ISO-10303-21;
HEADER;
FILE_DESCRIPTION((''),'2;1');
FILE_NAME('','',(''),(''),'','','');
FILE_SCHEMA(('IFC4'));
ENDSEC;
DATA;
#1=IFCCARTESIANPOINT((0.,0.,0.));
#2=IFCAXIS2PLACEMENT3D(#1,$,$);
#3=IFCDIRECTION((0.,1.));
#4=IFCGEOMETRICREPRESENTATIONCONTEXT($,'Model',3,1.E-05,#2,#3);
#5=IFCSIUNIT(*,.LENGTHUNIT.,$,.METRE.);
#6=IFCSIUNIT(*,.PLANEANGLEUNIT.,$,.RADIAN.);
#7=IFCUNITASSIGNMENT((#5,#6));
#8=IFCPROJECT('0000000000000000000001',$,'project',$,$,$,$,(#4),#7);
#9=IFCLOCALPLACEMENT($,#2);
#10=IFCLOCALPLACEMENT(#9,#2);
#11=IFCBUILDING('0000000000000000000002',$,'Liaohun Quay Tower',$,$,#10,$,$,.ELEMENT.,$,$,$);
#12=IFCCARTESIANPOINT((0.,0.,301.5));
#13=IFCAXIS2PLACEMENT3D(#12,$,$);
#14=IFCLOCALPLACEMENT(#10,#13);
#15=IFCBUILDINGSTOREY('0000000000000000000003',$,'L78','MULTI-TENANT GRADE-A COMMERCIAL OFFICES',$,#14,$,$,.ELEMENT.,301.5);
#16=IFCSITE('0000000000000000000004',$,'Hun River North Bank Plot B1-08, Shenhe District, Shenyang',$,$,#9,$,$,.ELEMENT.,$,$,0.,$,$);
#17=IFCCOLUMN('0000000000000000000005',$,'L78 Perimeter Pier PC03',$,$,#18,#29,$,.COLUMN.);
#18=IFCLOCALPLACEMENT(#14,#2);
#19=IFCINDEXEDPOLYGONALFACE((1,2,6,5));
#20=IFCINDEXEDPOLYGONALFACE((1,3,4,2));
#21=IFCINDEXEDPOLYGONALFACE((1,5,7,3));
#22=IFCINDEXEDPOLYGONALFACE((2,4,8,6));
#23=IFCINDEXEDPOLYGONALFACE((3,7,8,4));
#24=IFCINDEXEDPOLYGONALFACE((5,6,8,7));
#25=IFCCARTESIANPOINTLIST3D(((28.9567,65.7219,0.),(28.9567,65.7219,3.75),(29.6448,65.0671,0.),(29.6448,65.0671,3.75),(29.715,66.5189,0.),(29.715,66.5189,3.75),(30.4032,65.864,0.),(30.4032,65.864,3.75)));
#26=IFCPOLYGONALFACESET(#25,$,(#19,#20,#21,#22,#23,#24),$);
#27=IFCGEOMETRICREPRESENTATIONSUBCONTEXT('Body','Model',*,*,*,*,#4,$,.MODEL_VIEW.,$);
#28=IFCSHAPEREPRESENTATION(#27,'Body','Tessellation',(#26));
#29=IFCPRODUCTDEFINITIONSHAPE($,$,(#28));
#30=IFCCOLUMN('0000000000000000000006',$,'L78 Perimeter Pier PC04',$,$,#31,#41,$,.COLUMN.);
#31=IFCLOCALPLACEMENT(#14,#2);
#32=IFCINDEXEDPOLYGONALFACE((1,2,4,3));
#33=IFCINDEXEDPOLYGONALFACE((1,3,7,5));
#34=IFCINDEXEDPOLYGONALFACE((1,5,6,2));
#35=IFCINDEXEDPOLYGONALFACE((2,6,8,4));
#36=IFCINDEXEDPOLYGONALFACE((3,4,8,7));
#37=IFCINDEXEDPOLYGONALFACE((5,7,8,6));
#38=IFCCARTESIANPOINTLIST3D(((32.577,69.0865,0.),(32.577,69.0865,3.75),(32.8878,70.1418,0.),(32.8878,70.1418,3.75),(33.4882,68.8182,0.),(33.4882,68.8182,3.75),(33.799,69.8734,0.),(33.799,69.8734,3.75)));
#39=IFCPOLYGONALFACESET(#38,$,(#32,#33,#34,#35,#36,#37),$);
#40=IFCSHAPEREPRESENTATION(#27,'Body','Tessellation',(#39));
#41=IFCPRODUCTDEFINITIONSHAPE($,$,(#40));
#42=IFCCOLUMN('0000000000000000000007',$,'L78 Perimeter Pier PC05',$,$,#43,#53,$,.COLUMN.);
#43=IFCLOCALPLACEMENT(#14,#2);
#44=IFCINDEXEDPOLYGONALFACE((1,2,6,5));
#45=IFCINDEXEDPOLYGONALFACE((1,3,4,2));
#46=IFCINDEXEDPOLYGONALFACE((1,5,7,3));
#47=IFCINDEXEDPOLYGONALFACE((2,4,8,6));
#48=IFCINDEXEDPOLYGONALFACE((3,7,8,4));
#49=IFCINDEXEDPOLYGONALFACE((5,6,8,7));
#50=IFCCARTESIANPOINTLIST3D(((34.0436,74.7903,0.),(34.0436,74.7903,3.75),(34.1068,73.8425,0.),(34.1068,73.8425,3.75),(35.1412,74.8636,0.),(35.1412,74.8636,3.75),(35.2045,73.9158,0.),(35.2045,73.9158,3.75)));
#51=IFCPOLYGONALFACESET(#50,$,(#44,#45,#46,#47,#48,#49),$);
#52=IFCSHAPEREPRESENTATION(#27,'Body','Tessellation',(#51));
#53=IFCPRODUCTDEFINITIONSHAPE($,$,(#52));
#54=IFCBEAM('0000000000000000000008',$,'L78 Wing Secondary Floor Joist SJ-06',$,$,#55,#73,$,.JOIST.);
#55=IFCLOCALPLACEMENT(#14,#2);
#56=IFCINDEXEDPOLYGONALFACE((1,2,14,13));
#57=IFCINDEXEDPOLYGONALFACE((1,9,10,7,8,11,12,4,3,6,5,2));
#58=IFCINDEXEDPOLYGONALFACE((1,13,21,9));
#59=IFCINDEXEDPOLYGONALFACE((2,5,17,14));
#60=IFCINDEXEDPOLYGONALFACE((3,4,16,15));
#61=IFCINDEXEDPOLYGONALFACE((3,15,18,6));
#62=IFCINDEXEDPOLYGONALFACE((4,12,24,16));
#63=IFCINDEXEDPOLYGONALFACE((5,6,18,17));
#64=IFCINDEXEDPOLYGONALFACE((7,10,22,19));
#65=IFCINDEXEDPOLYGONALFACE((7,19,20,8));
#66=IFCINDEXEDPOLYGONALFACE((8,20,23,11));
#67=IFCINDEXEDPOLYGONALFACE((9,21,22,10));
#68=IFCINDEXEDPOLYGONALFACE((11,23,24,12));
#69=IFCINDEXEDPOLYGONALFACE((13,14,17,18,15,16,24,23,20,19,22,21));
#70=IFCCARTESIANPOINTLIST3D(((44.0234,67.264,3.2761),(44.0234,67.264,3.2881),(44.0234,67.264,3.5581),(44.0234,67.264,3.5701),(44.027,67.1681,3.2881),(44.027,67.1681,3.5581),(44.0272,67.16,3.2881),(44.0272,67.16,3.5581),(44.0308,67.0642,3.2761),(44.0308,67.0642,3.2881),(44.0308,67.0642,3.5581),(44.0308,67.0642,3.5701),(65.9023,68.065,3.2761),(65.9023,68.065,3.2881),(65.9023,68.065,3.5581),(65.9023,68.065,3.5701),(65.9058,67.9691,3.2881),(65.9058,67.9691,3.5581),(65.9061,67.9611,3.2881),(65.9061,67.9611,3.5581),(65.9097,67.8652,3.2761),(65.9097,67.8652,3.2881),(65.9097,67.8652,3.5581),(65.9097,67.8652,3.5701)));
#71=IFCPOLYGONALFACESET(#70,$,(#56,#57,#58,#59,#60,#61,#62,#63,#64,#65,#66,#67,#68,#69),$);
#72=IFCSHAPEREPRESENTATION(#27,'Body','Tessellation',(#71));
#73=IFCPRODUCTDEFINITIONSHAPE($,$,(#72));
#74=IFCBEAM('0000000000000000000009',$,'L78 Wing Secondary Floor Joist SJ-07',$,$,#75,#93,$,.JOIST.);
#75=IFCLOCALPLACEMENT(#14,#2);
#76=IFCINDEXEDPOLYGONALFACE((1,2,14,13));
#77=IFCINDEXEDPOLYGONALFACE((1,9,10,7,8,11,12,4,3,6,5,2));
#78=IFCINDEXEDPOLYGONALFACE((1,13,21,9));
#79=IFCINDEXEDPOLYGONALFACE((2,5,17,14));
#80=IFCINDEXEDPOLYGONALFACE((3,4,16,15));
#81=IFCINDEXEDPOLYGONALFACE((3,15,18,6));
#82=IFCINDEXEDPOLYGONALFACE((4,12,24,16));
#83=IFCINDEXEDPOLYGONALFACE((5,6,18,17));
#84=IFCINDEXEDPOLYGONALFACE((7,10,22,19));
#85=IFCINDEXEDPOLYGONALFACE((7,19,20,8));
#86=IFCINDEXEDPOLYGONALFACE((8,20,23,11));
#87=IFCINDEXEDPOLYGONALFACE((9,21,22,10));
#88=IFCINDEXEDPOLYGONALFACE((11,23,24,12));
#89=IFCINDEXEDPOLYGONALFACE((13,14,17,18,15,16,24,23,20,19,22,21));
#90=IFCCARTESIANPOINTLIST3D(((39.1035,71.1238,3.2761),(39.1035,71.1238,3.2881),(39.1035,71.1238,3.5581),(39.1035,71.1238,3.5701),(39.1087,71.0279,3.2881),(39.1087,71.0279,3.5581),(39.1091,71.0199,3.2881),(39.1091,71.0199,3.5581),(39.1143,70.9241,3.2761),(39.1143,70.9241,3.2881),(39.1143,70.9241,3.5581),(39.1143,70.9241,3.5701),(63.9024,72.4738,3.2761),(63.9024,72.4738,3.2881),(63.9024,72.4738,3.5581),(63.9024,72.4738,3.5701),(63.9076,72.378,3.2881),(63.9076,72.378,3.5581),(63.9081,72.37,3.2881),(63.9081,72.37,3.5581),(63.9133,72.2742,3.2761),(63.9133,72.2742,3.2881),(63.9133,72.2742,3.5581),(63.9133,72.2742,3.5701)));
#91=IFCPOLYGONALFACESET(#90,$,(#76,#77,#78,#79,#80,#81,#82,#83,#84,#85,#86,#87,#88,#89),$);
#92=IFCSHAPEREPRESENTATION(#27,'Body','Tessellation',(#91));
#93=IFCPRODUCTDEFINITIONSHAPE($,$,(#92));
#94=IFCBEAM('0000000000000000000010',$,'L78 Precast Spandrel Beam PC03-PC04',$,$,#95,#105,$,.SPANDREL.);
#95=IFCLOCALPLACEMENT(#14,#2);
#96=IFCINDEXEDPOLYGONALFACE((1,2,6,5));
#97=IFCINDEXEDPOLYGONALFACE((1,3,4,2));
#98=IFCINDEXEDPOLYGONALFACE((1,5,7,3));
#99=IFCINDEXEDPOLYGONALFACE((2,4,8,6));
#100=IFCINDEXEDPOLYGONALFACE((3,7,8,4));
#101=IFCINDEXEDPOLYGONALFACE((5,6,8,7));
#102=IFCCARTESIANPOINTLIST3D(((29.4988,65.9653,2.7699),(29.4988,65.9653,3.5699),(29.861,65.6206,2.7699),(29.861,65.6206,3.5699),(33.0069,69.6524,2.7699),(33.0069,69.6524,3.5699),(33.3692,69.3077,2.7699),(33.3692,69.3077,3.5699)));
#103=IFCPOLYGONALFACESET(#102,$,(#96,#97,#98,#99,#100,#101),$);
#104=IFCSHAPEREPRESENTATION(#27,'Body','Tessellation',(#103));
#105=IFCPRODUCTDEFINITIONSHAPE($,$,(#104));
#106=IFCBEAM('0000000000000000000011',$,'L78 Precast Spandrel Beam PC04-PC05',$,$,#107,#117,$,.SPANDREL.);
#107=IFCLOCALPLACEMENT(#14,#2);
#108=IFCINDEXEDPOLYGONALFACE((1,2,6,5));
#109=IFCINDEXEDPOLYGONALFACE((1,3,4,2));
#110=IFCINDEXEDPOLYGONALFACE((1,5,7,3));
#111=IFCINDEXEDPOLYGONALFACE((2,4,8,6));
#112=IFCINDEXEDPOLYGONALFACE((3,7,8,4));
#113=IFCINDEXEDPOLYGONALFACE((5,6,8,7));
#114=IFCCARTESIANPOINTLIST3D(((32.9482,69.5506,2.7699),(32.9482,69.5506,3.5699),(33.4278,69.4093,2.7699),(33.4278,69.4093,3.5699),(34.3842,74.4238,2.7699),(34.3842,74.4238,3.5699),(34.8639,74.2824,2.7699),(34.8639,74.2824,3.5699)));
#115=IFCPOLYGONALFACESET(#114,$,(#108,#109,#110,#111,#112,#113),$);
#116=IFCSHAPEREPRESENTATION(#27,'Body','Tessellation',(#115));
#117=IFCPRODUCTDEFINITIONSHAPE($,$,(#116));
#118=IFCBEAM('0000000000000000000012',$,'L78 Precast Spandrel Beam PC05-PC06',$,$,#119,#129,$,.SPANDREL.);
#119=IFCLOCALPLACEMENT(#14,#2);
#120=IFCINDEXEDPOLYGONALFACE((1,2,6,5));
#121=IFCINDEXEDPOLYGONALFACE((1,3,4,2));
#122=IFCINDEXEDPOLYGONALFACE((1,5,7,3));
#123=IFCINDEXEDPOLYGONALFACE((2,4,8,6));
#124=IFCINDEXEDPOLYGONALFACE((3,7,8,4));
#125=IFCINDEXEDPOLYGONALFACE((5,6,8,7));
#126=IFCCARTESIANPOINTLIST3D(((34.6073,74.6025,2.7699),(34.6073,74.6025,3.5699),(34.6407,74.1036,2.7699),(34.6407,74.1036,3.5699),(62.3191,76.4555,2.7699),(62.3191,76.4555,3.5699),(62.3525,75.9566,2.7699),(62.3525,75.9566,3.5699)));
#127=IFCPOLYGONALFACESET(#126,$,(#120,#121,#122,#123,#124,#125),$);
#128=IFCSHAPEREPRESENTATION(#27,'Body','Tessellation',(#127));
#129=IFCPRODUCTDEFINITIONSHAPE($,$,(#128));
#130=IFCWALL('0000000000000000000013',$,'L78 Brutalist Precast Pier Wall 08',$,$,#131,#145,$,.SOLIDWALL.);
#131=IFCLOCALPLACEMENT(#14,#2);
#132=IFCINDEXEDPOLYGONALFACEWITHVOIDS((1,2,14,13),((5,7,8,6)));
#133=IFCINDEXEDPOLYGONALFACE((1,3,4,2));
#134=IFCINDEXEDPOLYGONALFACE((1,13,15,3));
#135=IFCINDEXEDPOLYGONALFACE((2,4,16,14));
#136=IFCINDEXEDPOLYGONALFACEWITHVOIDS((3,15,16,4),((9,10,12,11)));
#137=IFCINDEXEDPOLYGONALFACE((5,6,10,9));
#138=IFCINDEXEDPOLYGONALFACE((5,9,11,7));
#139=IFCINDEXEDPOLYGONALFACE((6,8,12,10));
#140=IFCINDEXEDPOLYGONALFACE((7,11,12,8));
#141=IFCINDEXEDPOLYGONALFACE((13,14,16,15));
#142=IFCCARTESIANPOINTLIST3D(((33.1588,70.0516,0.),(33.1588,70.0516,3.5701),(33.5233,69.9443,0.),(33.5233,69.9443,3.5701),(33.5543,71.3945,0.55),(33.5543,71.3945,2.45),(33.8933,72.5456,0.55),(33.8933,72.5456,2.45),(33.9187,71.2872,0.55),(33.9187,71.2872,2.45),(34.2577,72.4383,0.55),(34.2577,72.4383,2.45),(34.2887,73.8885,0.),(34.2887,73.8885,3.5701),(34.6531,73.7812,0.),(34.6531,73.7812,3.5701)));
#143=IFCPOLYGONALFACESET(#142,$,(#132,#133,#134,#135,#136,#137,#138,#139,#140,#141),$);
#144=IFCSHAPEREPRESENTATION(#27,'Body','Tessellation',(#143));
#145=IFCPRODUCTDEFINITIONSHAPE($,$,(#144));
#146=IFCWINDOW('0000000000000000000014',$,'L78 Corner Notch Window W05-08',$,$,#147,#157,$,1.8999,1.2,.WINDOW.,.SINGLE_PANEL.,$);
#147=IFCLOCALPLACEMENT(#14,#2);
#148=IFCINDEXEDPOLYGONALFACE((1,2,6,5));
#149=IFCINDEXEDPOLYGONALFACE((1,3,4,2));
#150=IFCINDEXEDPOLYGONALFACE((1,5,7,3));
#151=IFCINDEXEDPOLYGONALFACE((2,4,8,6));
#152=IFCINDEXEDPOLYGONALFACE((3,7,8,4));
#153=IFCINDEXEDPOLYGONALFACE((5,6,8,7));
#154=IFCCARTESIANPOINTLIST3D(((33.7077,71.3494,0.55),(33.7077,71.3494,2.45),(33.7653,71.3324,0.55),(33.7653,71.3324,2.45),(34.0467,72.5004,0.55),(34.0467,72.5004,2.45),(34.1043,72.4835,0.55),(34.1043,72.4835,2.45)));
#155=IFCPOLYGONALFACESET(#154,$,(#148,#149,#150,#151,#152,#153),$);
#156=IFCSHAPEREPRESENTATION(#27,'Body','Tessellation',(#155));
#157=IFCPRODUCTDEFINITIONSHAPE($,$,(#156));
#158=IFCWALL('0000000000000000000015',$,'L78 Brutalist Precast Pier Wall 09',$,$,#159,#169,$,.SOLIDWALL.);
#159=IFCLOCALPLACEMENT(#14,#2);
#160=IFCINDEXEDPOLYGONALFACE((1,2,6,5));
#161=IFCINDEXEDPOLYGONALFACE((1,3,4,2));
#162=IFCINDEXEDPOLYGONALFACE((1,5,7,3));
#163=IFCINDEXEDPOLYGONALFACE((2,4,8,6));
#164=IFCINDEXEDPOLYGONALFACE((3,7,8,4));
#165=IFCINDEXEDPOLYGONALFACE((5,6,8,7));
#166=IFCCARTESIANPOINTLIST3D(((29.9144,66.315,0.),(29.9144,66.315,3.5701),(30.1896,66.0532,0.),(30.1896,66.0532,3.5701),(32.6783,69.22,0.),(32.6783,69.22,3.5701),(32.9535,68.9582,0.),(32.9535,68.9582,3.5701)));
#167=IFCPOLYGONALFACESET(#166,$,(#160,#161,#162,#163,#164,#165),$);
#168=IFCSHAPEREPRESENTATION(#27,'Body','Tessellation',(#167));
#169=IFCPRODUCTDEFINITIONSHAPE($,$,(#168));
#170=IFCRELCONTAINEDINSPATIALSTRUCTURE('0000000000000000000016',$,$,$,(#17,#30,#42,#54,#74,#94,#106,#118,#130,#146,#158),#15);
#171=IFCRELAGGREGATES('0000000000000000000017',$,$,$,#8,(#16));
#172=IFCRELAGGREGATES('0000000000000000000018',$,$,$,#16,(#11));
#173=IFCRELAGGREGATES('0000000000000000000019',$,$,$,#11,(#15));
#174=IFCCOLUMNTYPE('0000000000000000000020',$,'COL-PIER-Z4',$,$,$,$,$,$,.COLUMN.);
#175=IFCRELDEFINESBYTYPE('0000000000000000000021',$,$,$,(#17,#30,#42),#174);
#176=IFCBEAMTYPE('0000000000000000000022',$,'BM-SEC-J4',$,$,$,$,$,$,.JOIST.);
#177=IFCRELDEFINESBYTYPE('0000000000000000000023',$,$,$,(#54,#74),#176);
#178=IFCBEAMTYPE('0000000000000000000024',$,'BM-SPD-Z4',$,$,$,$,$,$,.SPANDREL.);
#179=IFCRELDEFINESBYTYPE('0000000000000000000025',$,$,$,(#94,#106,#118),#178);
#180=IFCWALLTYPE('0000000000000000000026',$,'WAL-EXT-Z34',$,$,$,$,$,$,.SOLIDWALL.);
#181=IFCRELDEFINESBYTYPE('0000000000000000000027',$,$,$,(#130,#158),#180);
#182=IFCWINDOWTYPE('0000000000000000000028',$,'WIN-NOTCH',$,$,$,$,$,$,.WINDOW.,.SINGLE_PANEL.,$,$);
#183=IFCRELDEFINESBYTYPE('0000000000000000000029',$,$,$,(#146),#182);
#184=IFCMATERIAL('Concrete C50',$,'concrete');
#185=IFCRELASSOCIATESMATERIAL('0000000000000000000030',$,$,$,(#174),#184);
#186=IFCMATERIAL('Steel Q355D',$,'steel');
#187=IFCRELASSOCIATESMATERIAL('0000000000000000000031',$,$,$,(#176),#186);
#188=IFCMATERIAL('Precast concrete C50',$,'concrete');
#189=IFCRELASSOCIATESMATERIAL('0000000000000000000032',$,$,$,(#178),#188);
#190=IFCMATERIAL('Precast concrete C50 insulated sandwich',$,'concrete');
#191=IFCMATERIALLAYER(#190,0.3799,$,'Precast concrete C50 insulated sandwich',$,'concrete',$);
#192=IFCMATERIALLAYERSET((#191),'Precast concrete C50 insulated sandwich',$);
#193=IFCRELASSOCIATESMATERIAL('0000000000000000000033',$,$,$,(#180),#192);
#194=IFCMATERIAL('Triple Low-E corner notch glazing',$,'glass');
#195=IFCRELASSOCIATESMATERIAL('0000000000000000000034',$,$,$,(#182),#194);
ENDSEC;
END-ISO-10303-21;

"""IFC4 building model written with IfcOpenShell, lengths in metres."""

from ifc_helpers import new_model, si_unit, direction, frame, frame_2d, origin, origin_2d, place, context, subcontext, project, spatial, rectangle, i_section, extrude, source, transform, mapped, material, layer, layer_set, material_profile, profile_set, type_object, element, fill, save


model = new_model("IFC4")

# Units and contexts
model_context = context("Model", 3, precision=1e-05, world=origin(), true_north=direction((0.0, 1.0)))
body_context = subcontext(model_context, "Body", "Model", "MODEL_VIEW")
ifc_project = project(units=[si_unit("LENGTHUNIT", "METRE"), si_unit("PLANEANGLEUNIT", "RADIAN")], contexts=[model_context])

# Site, building, storey
site_placement = place(None, origin())
site = spatial("IfcSite", under=ifc_project, at=site_placement, Name="Hun River North Bank Plot B1-08, Shenhe District, Shenyang", CompositionType="ELEMENT", RefElevation=0.0)
building_placement = place(site_placement, origin())
building = spatial("IfcBuilding", under=site, at=building_placement, Name="Liaohun Quay Tower", CompositionType="ELEMENT")
storey_placement = place(building_placement, frame((0.0, 0.0, 301.5)))
storey = spatial("IfcBuildingStorey", under=building, at=storey_placement, Name="L78", Description="MULTI-TENANT GRADE-A COMMERCIAL OFFICES", CompositionType="ELEMENT", Elevation=301.5)

# Columns
ifc_material_1 = material(Name="Concrete C50", Category="concrete")
ifc_material_profile_1 = material_profile(ifc_material_1, rectangle(XDim=1.1001, YDim=0.95, at=origin_2d()), Name="RC1100x950")
ifc_profile_set_1 = profile_set([ifc_material_profile_1], Name="Concrete C50")
column_type = type_object("IfcColumnType", Name="COL-PIER-Z4", PredefinedType="COLUMN", material=ifc_profile_set_1)
shared_shape_1 = source(origin(), body_context, "Body", "SweptSolid", [
    extrude(rectangle(XDim=1.1001, YDim=0.95, at=origin_2d()), origin(), (0.0, 0.0, 1.0), 3.75),
])
for number, where, z_axis, x_axis, name in (
    (1, (29.6799, 65.793, 0.0), (0.0, 0.0, 1.0), (0.689367, 0.724413, 0.0), "L78 Perimeter Pier PC03"),
    (2, (33.188, 69.48, 0.0), (0.0, 0.0, 1.0), (0.282509, 0.959265, 0.0), "L78 Perimeter Pier PC04"),
    (3, (34.624, 74.353, 0.0), (0.0, 0.0, 1.0), (0.997778, 0.066622, 0.0), "L78 Perimeter Pier PC05"),
):
    element("IfcColumn", number, at=place(storey_placement, frame(where, z_axis=z_axis, x_axis=x_axis)), inside=storey, type_object=column_type, Name=name, PredefinedType="COLUMN", context=body_context, shape_type="MappedRepresentation", body=[
        mapped(shared_shape_1, transform((0.0, 0.0, 0.0), x_axis=(1.0, 0.0, 0.0), y_axis=(0.0, 1.0, 0.0), z_axis=(0.0, 0.0, 1.0), scale=1.0)),
    ])

# Beams
ifc_material_2 = material(Name="Steel Q355D", Category="steel")
ifc_material_profile_2 = material_profile(ifc_material_2, i_section(OverallWidth=0.2, OverallDepth=0.2939, WebThickness=0.0081, FlangeThickness=0.012, at=origin_2d()), Name="HM294x200x8x12")
ifc_profile_set_2 = profile_set([ifc_material_profile_2], Name="Steel Q355D")
beam_type_1 = type_object("IfcBeamType", Name="BM-SEC-J4", PredefinedType="JOIST", material=ifc_profile_set_2)
shared_shape_2 = source(origin(), body_context, "Body", "SweptSolid", [
    extrude(i_section(OverallWidth=0.2, OverallDepth=0.2939, WebThickness=0.0081, FlangeThickness=0.012, at=origin_2d()), origin(), (0.0, 0.0, 1.0), 21.8936),
])
beam_1_placement = place(storey_placement, frame((44.0271, 67.1641, 3.4231), z_axis=(0.99933, 0.036587, 0.0), x_axis=(-0.036587, 0.99933, 0.0)))
element("IfcBeam", 4, at=beam_1_placement, inside=storey, type_object=beam_type_1, Name="L78 Wing Secondary Floor Joist SJ-06", PredefinedType="JOIST", context=body_context, shape_type="MappedRepresentation", body=[
    mapped(shared_shape_2, transform((0.0, 0.0, 0.0), x_axis=(1.0, 0.0, 0.0), y_axis=(0.0, 1.0, 0.0), z_axis=(0.0, 0.0, 1.0), scale=1.0)),
])
shared_shape_3 = source(origin(), body_context, "Body", "SweptSolid", [
    extrude(i_section(OverallWidth=0.2, OverallDepth=0.2939, WebThickness=0.0081, FlangeThickness=0.012, at=origin_2d()), origin(), (0.0, 0.0, 1.0), 24.8357),
])
beam_2_placement = place(storey_placement, frame((39.1089, 71.0239, 3.4231), z_axis=(0.998521, 0.054361, 0.0), x_axis=(-0.054361, 0.998521, 0.0)))
element("IfcBeam", 5, at=beam_2_placement, inside=storey, type_object=beam_type_1, Name="L78 Wing Secondary Floor Joist SJ-07", PredefinedType="JOIST", context=body_context, shape_type="MappedRepresentation", body=[
    mapped(shared_shape_3, transform((0.0, 0.0, 0.0), x_axis=(1.0, 0.0, 0.0), y_axis=(0.0, 1.0, 0.0), z_axis=(0.0, 0.0, 1.0), scale=1.0)),
])
ifc_material_3 = material(Name="Precast concrete C50", Category="concrete")
ifc_material_profile_3 = material_profile(ifc_material_3, rectangle(XDim=0.5, YDim=0.8, at=origin_2d()), Name="RC500x800")
ifc_profile_set_3 = profile_set([ifc_material_profile_3], Name="Precast concrete C50")
beam_type_2 = type_object("IfcBeamType", Name="BM-SPD-Z4", PredefinedType="SPANDREL", material=ifc_profile_set_3)
shared_shape_4 = source(origin(), body_context, "Body", "SweptSolid", [
    extrude(rectangle(XDim=0.5, YDim=0.8, at=origin_2d()), origin(), (0.0, 0.0, 1.0), 5.0894),
])
beam_3_placement = place(storey_placement, frame((29.6799, 65.793, 3.1699), z_axis=(0.689307, 0.72447, 0.0), x_axis=(-0.72447, 0.689307, 0.0)))
element("IfcBeam", 6, at=beam_3_placement, inside=storey, type_object=beam_type_2, Name="L78 Precast Spandrel Beam PC03-PC04", PredefinedType="SPANDREL", context=body_context, shape_type="MappedRepresentation", body=[
    mapped(shared_shape_4, transform((0.0, 0.0, 0.0), x_axis=(1.0, 0.0, 0.0), y_axis=(0.0, 1.0, 0.0), z_axis=(0.0, 0.0, 1.0), scale=1.0)),
])
shared_shape_5 = source(origin(), body_context, "Body", "SweptSolid", [
    extrude(rectangle(XDim=0.5, YDim=0.8, at=origin_2d()), origin(), (0.0, 0.0, 1.0), 5.0803),
])
beam_4_placement = place(storey_placement, frame((33.188, 69.48, 3.1699), z_axis=(0.282671, 0.959217, 0.0), x_axis=(-0.959217, 0.282671, 0.0)))
element("IfcBeam", 7, at=beam_4_placement, inside=storey, type_object=beam_type_2, Name="L78 Precast Spandrel Beam PC04-PC05", PredefinedType="SPANDREL", context=body_context, shape_type="MappedRepresentation", body=[
    mapped(shared_shape_5, transform((0.0, 0.0, 0.0), x_axis=(1.0, 0.0, 0.0), y_axis=(0.0, 1.0, 0.0), z_axis=(0.0, 0.0, 1.0), scale=1.0)),
])
shared_shape_6 = source(origin(), body_context, "Body", "SweptSolid", [
    extrude(rectangle(XDim=0.5, YDim=0.8, at=origin_2d()), origin(), (0.0, 0.0, 1.0), 27.7737),
])
beam_5_placement = place(storey_placement, frame((34.624, 74.353, 3.1699), z_axis=(0.997772, 0.066719, 0.0), x_axis=(-0.066719, 0.997772, 0.0)))
element("IfcBeam", 8, at=beam_5_placement, inside=storey, type_object=beam_type_2, Name="L78 Precast Spandrel Beam PC05-PC06", PredefinedType="SPANDREL", context=body_context, shape_type="MappedRepresentation", body=[
    mapped(shared_shape_6, transform((0.0, 0.0, 0.0), x_axis=(1.0, 0.0, 0.0), y_axis=(0.0, 1.0, 0.0), z_axis=(0.0, 0.0, 1.0), scale=1.0)),
])

# Wall, opening, window
ifc_material_4 = material(Name="Precast concrete C50 insulated sandwich", Category="concrete")
ifc_layer_1 = layer(ifc_material_4, 0.3799, Name="Precast concrete C50 insulated sandwich", Category="concrete")
ifc_layer_set_1 = layer_set([ifc_layer_1], Name="Precast concrete C50 insulated sandwich")
wall_type_1 = type_object("IfcWallType", Name="WAL-EXT-Z34", PredefinedType="SOLIDWALL", material=ifc_layer_set_1)
wall_1_placement = place(storey_placement, frame((34.4709, 73.835, 0.0), z_axis=(0.0, 0.0, 1.0), x_axis=(-0.282484, -0.959272, 0.0)))
wall_1 = element("IfcWall", 9, at=wall_1_placement, inside=storey, type_object=wall_type_1, Name="L78 Brutalist Precast Pier Wall 08", PredefinedType="SOLIDWALL", context=body_context, shape_type="SweptSolid", body=[
    extrude(rectangle(XDim=3.9998, YDim=0.3799, at=frame_2d((2.0, 0.0))), origin(), (0.0, 0.0, 1.0), 3.5701),
])
shared_shape_7 = source(origin(), body_context, "Body", "SweptSolid", [
    extrude(rectangle(XDim=1.2, YDim=1.8999, at=frame_2d((0.6001, 0.95))), frame((0.0, 0.2, 0.0), z_axis=(0.0, -1.0, 0.0), x_axis=(1.0, 0.0, 0.0)), (0.0, 0.0, 1.0), 0.3999),
])
opening_1_placement = place(wall_1_placement, frame((1.3999, 0.0, 0.55)))
opening_1 = element("IfcOpeningElement", 10, at=opening_1_placement, cuts=wall_1, PredefinedType="OPENING", context=body_context, shape_type="MappedRepresentation", body=[
    mapped(shared_shape_7, transform((0.0, 0.0, 0.0), x_axis=(1.0, 0.0, 0.0), y_axis=(0.0, 1.0, 0.0), z_axis=(0.0, 0.0, 1.0), scale=1.0)),
])
ifc_material_5 = material(Name="Triple Low-E corner notch glazing", Category="glass")
window_type_1 = type_object("IfcWindowType", Name="WIN-NOTCH", PartitioningType="SINGLE_PANEL", PredefinedType="WINDOW", material=ifc_material_5)
shared_shape_8 = source(origin(), body_context, "Body", "SweptSolid", [
    extrude(rectangle(XDim=1.2, YDim=1.8999, at=frame_2d((0.6001, 0.95))), frame((0.0, 0.03, 0.0), z_axis=(0.0, -1.0, 0.0), x_axis=(1.0, 0.0, 0.0)), (0.0, 0.0, 1.0), 0.0601),
])
window_1_placement = place(opening_1_placement, origin())
window_1 = element("IfcWindow", 11, at=window_1_placement, inside=storey, type_object=window_type_1, Name="L78 Corner Notch Window W05-08", OverallHeight=1.8999, OverallWidth=1.2, PartitioningType="SINGLE_PANEL", PredefinedType="WINDOW", context=body_context, shape_type="MappedRepresentation", body=[
    mapped(shared_shape_8, transform((0.0, 0.0, 0.0), x_axis=(1.0, 0.0, 0.0), y_axis=(0.0, 1.0, 0.0), z_axis=(0.0, 0.0, 1.0), scale=1.0)),
])
fill(opening_1, window_1)

# Wall
wall_2_placement = place(storey_placement, frame((32.8159, 69.0891, 0.0), z_axis=(0.0, 0.0, 1.0), x_axis=(-0.689292, -0.724484, 0.0)))
element("IfcWall", 12, at=wall_2_placement, inside=storey, type_object=wall_type_1, Name="L78 Brutalist Precast Pier Wall 09", PredefinedType="SOLIDWALL", context=body_context, shape_type="SweptSolid", body=[
    extrude(rectangle(XDim=4.0098, YDim=0.3799, at=frame_2d((2.0049, 0.0))), origin(), (0.0, 0.0, 1.0), 3.5701),
])

save(model, "model.ifc")
